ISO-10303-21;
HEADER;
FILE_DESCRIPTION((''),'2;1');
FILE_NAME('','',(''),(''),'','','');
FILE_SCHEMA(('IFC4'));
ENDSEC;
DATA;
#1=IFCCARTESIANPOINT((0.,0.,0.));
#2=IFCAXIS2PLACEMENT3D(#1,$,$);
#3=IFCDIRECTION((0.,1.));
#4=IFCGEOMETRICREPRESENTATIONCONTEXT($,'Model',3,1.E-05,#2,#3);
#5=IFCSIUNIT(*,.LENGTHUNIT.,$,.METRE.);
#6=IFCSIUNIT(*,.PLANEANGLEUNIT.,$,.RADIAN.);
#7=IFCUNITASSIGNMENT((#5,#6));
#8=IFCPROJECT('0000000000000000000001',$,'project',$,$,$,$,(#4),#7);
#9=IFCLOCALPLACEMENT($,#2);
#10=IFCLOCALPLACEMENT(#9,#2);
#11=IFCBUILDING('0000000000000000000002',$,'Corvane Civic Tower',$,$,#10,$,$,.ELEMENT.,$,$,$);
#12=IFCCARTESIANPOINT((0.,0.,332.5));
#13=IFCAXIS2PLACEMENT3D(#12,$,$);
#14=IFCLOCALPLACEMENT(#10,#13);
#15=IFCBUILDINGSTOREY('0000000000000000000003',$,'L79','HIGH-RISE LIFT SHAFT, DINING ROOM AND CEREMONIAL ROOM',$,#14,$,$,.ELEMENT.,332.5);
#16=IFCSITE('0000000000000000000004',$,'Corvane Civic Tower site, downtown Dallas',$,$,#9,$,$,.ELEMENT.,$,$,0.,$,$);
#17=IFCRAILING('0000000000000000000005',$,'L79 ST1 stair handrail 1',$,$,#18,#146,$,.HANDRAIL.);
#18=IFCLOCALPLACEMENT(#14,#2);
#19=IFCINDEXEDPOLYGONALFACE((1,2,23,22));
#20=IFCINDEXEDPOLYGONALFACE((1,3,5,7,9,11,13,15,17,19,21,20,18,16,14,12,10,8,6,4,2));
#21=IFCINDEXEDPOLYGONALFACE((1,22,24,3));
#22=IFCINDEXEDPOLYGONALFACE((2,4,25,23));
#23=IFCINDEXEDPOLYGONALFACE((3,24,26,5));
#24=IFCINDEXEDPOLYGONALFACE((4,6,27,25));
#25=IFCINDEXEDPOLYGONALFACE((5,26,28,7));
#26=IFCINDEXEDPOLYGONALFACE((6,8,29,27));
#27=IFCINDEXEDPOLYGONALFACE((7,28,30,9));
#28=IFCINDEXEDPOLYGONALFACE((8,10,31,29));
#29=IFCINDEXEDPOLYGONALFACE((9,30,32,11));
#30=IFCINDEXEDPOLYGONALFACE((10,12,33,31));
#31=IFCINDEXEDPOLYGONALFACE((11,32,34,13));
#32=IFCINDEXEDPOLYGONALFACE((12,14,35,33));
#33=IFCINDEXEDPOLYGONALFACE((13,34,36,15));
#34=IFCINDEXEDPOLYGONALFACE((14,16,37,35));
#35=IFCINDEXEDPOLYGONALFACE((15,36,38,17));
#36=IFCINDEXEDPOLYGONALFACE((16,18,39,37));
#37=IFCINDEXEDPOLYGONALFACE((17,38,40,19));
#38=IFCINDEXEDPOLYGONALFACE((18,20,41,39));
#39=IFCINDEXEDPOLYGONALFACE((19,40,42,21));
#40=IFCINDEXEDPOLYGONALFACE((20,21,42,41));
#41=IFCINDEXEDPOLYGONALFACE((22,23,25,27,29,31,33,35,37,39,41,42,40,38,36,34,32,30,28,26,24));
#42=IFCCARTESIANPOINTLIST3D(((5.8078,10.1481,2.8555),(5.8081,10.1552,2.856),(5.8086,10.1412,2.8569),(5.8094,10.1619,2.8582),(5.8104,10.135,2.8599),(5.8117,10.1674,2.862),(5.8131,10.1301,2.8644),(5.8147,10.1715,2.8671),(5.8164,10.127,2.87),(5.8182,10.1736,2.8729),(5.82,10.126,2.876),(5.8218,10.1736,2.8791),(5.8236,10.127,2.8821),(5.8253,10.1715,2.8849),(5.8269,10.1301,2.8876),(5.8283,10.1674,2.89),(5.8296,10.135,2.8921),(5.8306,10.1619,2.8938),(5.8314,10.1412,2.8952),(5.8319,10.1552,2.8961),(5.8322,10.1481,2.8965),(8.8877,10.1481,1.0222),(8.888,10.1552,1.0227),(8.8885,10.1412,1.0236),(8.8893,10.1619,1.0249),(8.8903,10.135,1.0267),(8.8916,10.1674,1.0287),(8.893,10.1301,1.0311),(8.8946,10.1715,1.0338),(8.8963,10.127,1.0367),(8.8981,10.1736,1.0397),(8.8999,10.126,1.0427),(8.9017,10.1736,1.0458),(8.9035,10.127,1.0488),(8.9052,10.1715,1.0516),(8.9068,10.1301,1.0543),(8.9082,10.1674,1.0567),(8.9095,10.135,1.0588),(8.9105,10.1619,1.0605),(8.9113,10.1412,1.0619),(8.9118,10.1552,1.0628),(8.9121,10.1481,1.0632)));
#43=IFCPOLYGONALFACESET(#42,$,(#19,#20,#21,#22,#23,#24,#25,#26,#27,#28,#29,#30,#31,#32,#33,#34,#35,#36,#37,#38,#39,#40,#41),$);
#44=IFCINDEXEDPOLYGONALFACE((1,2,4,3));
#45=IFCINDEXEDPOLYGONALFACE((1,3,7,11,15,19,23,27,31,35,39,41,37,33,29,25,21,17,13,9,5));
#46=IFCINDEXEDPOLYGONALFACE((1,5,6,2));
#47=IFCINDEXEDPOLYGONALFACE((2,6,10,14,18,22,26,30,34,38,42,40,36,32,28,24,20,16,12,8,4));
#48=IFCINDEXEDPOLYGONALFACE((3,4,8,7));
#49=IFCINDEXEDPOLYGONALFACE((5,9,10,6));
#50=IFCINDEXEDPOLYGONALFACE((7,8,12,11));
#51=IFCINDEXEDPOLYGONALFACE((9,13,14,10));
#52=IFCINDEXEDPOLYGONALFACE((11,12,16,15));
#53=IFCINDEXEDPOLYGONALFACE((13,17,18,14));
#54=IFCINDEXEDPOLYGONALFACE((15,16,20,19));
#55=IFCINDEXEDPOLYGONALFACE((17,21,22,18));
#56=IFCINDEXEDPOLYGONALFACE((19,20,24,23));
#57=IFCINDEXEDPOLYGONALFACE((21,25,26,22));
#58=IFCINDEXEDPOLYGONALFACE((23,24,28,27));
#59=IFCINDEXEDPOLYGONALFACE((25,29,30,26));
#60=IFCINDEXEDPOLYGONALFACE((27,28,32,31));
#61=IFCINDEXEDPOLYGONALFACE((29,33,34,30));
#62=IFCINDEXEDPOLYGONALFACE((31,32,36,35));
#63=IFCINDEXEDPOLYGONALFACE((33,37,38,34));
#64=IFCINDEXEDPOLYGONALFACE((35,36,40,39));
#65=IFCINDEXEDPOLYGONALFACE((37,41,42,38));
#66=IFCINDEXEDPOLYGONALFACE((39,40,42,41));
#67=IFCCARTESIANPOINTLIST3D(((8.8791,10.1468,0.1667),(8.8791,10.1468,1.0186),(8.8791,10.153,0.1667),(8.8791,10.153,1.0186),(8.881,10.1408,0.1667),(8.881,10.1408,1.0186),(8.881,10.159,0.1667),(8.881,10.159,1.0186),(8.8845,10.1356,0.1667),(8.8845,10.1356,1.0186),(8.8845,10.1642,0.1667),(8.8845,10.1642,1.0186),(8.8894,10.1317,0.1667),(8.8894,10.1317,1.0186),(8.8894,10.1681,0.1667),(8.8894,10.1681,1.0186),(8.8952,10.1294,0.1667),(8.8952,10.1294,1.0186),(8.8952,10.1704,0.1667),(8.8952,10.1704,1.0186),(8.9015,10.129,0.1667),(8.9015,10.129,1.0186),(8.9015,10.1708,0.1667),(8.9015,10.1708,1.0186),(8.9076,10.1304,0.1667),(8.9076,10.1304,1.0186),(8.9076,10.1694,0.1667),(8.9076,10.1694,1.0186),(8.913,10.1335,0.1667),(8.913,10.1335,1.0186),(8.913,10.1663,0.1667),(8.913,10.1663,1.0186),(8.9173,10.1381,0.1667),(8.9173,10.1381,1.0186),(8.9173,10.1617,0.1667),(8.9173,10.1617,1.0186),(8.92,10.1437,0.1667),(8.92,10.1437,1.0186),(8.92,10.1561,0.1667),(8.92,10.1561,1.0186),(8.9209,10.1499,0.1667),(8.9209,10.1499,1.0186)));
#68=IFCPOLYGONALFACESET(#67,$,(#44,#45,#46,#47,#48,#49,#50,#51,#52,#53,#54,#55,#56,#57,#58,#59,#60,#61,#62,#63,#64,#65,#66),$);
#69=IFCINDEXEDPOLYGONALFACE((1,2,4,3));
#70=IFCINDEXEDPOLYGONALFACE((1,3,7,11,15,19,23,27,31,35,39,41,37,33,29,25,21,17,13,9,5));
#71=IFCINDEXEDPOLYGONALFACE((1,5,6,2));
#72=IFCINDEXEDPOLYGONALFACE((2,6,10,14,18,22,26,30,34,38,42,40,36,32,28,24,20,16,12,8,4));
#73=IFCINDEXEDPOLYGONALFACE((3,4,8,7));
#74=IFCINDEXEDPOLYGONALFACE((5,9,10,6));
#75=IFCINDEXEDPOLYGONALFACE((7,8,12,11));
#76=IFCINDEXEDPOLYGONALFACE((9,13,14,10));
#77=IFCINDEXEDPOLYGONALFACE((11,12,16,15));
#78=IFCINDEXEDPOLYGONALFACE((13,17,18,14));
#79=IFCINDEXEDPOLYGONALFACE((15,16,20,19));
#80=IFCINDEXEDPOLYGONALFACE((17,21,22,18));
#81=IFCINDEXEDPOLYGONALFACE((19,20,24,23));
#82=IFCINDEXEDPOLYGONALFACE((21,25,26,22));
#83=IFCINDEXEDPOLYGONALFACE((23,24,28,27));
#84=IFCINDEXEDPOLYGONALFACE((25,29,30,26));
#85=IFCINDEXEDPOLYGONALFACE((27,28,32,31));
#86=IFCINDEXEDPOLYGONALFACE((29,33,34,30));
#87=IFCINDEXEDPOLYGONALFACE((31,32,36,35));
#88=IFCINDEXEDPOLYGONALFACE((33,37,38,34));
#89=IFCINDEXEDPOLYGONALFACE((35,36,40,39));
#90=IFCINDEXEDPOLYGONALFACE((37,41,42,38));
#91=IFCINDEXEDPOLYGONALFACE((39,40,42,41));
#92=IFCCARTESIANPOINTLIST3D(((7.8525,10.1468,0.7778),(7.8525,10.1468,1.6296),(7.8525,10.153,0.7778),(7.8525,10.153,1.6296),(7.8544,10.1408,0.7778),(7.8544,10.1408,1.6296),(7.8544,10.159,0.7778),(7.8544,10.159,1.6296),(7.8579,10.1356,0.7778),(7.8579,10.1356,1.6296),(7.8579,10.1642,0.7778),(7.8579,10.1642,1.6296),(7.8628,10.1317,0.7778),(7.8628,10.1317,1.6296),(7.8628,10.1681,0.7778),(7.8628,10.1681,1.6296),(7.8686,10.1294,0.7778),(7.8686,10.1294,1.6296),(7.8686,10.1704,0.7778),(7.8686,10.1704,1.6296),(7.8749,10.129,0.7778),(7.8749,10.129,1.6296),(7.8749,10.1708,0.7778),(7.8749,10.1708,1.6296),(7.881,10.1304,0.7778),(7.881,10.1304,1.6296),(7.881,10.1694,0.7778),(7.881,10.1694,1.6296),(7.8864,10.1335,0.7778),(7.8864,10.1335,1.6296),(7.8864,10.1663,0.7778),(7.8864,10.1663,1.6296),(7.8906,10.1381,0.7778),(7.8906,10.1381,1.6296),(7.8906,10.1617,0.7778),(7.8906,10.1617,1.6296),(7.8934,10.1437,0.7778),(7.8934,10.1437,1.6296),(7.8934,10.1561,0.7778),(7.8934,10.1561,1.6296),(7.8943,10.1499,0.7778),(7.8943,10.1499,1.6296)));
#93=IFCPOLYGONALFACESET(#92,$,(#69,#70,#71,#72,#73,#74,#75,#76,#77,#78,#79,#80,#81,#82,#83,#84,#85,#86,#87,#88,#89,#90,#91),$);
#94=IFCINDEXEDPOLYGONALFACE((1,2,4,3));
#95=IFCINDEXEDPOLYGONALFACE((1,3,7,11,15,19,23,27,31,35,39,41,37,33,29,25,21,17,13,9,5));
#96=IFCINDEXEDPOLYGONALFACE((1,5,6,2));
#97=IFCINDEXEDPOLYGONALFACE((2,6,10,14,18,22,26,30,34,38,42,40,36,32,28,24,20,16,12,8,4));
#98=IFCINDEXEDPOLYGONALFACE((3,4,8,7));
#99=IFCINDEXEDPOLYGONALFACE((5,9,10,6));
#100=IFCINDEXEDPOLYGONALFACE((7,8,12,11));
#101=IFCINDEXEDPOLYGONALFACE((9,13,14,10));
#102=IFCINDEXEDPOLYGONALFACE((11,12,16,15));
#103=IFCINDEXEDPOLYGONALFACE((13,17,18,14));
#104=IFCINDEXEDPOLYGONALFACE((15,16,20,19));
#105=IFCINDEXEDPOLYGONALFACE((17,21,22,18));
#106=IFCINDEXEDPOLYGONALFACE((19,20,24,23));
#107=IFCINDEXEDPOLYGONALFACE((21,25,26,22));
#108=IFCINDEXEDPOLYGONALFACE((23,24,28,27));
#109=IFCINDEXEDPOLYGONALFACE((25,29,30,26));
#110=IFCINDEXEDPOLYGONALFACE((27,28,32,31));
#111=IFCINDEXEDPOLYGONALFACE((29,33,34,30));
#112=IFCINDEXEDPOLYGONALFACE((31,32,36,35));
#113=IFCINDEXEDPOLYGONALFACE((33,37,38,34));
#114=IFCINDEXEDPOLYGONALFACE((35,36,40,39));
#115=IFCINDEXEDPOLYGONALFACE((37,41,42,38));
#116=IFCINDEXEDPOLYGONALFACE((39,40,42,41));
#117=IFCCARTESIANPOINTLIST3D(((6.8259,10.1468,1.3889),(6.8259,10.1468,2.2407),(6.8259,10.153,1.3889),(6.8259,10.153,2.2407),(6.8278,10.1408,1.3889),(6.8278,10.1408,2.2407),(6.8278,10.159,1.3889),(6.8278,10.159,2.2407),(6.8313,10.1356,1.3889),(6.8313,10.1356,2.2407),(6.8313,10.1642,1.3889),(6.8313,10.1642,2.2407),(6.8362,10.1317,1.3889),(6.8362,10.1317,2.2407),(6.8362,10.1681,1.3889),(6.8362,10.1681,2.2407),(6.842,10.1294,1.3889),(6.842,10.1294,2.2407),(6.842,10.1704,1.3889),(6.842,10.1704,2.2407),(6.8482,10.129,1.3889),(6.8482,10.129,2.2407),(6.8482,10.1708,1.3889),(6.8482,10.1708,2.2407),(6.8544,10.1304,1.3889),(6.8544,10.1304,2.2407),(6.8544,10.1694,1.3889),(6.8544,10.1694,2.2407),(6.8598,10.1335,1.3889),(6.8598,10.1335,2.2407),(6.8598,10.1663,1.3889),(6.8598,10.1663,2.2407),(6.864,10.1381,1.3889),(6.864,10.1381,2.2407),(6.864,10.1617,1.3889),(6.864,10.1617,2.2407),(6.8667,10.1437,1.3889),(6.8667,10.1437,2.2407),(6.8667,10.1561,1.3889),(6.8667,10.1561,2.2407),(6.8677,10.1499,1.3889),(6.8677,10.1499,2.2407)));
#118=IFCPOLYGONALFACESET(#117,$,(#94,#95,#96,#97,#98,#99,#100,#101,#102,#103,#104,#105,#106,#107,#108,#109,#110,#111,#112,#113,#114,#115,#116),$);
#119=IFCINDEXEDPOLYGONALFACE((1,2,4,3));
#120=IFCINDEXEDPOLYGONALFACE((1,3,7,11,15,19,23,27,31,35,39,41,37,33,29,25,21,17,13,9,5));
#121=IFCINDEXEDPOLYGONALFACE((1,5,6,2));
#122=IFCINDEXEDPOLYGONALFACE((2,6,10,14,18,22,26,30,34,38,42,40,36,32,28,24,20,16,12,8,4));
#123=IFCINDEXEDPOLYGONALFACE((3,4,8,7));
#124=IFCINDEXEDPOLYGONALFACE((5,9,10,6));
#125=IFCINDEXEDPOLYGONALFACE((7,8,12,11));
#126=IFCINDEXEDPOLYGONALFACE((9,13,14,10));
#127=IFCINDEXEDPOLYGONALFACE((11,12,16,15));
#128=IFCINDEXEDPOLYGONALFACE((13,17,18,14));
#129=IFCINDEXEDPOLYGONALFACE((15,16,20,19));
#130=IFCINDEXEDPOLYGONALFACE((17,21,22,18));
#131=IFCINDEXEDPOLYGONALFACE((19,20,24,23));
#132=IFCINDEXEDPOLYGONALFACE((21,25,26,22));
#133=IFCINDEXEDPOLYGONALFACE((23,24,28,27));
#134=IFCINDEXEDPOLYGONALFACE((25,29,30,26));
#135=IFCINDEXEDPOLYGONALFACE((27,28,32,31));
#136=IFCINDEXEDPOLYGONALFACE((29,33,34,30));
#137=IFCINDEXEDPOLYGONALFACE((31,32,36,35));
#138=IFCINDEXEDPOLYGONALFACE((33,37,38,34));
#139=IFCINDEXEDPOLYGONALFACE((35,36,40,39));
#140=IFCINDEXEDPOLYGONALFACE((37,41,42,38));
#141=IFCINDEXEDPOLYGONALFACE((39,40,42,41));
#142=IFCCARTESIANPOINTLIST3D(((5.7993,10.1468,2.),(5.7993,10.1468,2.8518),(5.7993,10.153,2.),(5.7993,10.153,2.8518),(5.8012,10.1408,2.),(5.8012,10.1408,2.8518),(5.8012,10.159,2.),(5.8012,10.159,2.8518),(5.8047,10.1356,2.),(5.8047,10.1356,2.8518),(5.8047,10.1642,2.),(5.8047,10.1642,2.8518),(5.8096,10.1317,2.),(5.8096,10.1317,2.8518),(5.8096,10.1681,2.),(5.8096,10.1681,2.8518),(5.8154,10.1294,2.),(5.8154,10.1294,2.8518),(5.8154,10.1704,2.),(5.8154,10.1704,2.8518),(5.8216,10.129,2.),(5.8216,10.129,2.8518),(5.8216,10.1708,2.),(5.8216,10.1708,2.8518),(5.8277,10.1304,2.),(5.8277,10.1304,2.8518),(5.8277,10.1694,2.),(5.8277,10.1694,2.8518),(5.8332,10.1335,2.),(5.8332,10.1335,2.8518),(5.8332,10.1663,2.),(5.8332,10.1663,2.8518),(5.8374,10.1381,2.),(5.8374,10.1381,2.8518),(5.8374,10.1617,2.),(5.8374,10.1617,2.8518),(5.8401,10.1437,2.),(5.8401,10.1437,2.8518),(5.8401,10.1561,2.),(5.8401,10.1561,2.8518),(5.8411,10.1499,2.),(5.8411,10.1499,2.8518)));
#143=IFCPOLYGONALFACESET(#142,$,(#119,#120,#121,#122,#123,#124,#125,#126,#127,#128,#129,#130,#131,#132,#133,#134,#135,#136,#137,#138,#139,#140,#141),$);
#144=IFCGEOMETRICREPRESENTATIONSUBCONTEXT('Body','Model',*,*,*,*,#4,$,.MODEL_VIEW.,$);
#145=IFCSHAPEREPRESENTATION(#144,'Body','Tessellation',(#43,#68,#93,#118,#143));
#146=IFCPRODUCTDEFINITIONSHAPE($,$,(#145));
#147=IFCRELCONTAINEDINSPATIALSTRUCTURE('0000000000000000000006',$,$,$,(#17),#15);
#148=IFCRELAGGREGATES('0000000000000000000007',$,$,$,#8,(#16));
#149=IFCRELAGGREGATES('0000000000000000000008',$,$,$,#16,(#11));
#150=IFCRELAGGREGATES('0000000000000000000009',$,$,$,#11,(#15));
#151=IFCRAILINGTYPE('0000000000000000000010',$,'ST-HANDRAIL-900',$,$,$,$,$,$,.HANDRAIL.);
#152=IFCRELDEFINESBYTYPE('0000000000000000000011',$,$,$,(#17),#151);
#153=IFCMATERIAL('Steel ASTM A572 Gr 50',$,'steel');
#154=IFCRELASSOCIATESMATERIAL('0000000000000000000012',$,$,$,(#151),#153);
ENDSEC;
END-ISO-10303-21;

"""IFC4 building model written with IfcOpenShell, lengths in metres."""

from ifc_helpers import new_model, si_unit, direction, frame, origin, origin_2d, place, context, subcontext, project, spatial, circle, extrude, material, type_object, element, save


model = new_model("IFC4")

# Units and contexts
model_context = context("Model", 3, precision=1e-05, world=origin(), true_north=direction((0.0, 1.0)))
body_context = subcontext(model_context, "Body", "Model", "MODEL_VIEW")
ifc_project = project(units=[si_unit("LENGTHUNIT", "METRE"), si_unit("PLANEANGLEUNIT", "RADIAN")], contexts=[model_context])

# Site, building, storey
site_placement = place(None, origin())
site = spatial("IfcSite", under=ifc_project, at=site_placement, Name="Corvane Civic Tower site, downtown Dallas", CompositionType="ELEMENT", RefElevation=0.0)
building_placement = place(site_placement, origin())
building = spatial("IfcBuilding", under=site, at=building_placement, Name="Corvane Civic Tower", CompositionType="ELEMENT")
storey_placement = place(building_placement, frame((0.0, 0.0, 332.5)))
storey = spatial("IfcBuildingStorey", under=building, at=storey_placement, Name="L79", Description="HIGH-RISE LIFT SHAFT, DINING ROOM AND CEREMONIAL ROOM", CompositionType="ELEMENT", Elevation=332.5)

# Railing
ifc_material_1 = material(Name="Steel ASTM A572 Gr 50", Category="steel")
railing_type_1 = type_object("IfcRailingType", Name="ST-HANDRAIL-900", PredefinedType="HANDRAIL", material=ifc_material_1)
railing_1_placement = place(storey_placement, frame((8.8999, 10.1499, 0.1667)))
element("IfcRailing", 1, at=railing_1_placement, inside=storey, type_object=railing_type_1, Name="L79 ST1 stair handrail 1", PredefinedType="HANDRAIL", context=body_context, shape_type="SweptSolid", body=[
    extrude(circle(Radius=0.0239, at=origin_2d()), frame((0.0, 0.0, 0.876), z_axis=(-0.859291, 0.0, 0.511487), x_axis=(0.0, -1.0, 0.0)), (0.0, 0.0, 1.0), 3.5842),
    extrude(circle(Radius=0.021, at=origin_2d()), origin(), (0.0, 0.0, 1.0), 0.8518),
    extrude(circle(Radius=0.021, at=origin_2d()), frame((-1.0266, 0.0, 0.6111)), (0.0, 0.0, 1.0), 0.8518),
    extrude(circle(Radius=0.021, at=origin_2d()), frame((-2.0532, 0.0, 1.2222)), (0.0, 0.0, 1.0), 0.8518),
    extrude(circle(Radius=0.021, at=origin_2d()), frame((-3.0798, 0.0, 1.8333)), (0.0, 0.0, 1.0), 0.8518),
])

save(model, "model.ifc")
